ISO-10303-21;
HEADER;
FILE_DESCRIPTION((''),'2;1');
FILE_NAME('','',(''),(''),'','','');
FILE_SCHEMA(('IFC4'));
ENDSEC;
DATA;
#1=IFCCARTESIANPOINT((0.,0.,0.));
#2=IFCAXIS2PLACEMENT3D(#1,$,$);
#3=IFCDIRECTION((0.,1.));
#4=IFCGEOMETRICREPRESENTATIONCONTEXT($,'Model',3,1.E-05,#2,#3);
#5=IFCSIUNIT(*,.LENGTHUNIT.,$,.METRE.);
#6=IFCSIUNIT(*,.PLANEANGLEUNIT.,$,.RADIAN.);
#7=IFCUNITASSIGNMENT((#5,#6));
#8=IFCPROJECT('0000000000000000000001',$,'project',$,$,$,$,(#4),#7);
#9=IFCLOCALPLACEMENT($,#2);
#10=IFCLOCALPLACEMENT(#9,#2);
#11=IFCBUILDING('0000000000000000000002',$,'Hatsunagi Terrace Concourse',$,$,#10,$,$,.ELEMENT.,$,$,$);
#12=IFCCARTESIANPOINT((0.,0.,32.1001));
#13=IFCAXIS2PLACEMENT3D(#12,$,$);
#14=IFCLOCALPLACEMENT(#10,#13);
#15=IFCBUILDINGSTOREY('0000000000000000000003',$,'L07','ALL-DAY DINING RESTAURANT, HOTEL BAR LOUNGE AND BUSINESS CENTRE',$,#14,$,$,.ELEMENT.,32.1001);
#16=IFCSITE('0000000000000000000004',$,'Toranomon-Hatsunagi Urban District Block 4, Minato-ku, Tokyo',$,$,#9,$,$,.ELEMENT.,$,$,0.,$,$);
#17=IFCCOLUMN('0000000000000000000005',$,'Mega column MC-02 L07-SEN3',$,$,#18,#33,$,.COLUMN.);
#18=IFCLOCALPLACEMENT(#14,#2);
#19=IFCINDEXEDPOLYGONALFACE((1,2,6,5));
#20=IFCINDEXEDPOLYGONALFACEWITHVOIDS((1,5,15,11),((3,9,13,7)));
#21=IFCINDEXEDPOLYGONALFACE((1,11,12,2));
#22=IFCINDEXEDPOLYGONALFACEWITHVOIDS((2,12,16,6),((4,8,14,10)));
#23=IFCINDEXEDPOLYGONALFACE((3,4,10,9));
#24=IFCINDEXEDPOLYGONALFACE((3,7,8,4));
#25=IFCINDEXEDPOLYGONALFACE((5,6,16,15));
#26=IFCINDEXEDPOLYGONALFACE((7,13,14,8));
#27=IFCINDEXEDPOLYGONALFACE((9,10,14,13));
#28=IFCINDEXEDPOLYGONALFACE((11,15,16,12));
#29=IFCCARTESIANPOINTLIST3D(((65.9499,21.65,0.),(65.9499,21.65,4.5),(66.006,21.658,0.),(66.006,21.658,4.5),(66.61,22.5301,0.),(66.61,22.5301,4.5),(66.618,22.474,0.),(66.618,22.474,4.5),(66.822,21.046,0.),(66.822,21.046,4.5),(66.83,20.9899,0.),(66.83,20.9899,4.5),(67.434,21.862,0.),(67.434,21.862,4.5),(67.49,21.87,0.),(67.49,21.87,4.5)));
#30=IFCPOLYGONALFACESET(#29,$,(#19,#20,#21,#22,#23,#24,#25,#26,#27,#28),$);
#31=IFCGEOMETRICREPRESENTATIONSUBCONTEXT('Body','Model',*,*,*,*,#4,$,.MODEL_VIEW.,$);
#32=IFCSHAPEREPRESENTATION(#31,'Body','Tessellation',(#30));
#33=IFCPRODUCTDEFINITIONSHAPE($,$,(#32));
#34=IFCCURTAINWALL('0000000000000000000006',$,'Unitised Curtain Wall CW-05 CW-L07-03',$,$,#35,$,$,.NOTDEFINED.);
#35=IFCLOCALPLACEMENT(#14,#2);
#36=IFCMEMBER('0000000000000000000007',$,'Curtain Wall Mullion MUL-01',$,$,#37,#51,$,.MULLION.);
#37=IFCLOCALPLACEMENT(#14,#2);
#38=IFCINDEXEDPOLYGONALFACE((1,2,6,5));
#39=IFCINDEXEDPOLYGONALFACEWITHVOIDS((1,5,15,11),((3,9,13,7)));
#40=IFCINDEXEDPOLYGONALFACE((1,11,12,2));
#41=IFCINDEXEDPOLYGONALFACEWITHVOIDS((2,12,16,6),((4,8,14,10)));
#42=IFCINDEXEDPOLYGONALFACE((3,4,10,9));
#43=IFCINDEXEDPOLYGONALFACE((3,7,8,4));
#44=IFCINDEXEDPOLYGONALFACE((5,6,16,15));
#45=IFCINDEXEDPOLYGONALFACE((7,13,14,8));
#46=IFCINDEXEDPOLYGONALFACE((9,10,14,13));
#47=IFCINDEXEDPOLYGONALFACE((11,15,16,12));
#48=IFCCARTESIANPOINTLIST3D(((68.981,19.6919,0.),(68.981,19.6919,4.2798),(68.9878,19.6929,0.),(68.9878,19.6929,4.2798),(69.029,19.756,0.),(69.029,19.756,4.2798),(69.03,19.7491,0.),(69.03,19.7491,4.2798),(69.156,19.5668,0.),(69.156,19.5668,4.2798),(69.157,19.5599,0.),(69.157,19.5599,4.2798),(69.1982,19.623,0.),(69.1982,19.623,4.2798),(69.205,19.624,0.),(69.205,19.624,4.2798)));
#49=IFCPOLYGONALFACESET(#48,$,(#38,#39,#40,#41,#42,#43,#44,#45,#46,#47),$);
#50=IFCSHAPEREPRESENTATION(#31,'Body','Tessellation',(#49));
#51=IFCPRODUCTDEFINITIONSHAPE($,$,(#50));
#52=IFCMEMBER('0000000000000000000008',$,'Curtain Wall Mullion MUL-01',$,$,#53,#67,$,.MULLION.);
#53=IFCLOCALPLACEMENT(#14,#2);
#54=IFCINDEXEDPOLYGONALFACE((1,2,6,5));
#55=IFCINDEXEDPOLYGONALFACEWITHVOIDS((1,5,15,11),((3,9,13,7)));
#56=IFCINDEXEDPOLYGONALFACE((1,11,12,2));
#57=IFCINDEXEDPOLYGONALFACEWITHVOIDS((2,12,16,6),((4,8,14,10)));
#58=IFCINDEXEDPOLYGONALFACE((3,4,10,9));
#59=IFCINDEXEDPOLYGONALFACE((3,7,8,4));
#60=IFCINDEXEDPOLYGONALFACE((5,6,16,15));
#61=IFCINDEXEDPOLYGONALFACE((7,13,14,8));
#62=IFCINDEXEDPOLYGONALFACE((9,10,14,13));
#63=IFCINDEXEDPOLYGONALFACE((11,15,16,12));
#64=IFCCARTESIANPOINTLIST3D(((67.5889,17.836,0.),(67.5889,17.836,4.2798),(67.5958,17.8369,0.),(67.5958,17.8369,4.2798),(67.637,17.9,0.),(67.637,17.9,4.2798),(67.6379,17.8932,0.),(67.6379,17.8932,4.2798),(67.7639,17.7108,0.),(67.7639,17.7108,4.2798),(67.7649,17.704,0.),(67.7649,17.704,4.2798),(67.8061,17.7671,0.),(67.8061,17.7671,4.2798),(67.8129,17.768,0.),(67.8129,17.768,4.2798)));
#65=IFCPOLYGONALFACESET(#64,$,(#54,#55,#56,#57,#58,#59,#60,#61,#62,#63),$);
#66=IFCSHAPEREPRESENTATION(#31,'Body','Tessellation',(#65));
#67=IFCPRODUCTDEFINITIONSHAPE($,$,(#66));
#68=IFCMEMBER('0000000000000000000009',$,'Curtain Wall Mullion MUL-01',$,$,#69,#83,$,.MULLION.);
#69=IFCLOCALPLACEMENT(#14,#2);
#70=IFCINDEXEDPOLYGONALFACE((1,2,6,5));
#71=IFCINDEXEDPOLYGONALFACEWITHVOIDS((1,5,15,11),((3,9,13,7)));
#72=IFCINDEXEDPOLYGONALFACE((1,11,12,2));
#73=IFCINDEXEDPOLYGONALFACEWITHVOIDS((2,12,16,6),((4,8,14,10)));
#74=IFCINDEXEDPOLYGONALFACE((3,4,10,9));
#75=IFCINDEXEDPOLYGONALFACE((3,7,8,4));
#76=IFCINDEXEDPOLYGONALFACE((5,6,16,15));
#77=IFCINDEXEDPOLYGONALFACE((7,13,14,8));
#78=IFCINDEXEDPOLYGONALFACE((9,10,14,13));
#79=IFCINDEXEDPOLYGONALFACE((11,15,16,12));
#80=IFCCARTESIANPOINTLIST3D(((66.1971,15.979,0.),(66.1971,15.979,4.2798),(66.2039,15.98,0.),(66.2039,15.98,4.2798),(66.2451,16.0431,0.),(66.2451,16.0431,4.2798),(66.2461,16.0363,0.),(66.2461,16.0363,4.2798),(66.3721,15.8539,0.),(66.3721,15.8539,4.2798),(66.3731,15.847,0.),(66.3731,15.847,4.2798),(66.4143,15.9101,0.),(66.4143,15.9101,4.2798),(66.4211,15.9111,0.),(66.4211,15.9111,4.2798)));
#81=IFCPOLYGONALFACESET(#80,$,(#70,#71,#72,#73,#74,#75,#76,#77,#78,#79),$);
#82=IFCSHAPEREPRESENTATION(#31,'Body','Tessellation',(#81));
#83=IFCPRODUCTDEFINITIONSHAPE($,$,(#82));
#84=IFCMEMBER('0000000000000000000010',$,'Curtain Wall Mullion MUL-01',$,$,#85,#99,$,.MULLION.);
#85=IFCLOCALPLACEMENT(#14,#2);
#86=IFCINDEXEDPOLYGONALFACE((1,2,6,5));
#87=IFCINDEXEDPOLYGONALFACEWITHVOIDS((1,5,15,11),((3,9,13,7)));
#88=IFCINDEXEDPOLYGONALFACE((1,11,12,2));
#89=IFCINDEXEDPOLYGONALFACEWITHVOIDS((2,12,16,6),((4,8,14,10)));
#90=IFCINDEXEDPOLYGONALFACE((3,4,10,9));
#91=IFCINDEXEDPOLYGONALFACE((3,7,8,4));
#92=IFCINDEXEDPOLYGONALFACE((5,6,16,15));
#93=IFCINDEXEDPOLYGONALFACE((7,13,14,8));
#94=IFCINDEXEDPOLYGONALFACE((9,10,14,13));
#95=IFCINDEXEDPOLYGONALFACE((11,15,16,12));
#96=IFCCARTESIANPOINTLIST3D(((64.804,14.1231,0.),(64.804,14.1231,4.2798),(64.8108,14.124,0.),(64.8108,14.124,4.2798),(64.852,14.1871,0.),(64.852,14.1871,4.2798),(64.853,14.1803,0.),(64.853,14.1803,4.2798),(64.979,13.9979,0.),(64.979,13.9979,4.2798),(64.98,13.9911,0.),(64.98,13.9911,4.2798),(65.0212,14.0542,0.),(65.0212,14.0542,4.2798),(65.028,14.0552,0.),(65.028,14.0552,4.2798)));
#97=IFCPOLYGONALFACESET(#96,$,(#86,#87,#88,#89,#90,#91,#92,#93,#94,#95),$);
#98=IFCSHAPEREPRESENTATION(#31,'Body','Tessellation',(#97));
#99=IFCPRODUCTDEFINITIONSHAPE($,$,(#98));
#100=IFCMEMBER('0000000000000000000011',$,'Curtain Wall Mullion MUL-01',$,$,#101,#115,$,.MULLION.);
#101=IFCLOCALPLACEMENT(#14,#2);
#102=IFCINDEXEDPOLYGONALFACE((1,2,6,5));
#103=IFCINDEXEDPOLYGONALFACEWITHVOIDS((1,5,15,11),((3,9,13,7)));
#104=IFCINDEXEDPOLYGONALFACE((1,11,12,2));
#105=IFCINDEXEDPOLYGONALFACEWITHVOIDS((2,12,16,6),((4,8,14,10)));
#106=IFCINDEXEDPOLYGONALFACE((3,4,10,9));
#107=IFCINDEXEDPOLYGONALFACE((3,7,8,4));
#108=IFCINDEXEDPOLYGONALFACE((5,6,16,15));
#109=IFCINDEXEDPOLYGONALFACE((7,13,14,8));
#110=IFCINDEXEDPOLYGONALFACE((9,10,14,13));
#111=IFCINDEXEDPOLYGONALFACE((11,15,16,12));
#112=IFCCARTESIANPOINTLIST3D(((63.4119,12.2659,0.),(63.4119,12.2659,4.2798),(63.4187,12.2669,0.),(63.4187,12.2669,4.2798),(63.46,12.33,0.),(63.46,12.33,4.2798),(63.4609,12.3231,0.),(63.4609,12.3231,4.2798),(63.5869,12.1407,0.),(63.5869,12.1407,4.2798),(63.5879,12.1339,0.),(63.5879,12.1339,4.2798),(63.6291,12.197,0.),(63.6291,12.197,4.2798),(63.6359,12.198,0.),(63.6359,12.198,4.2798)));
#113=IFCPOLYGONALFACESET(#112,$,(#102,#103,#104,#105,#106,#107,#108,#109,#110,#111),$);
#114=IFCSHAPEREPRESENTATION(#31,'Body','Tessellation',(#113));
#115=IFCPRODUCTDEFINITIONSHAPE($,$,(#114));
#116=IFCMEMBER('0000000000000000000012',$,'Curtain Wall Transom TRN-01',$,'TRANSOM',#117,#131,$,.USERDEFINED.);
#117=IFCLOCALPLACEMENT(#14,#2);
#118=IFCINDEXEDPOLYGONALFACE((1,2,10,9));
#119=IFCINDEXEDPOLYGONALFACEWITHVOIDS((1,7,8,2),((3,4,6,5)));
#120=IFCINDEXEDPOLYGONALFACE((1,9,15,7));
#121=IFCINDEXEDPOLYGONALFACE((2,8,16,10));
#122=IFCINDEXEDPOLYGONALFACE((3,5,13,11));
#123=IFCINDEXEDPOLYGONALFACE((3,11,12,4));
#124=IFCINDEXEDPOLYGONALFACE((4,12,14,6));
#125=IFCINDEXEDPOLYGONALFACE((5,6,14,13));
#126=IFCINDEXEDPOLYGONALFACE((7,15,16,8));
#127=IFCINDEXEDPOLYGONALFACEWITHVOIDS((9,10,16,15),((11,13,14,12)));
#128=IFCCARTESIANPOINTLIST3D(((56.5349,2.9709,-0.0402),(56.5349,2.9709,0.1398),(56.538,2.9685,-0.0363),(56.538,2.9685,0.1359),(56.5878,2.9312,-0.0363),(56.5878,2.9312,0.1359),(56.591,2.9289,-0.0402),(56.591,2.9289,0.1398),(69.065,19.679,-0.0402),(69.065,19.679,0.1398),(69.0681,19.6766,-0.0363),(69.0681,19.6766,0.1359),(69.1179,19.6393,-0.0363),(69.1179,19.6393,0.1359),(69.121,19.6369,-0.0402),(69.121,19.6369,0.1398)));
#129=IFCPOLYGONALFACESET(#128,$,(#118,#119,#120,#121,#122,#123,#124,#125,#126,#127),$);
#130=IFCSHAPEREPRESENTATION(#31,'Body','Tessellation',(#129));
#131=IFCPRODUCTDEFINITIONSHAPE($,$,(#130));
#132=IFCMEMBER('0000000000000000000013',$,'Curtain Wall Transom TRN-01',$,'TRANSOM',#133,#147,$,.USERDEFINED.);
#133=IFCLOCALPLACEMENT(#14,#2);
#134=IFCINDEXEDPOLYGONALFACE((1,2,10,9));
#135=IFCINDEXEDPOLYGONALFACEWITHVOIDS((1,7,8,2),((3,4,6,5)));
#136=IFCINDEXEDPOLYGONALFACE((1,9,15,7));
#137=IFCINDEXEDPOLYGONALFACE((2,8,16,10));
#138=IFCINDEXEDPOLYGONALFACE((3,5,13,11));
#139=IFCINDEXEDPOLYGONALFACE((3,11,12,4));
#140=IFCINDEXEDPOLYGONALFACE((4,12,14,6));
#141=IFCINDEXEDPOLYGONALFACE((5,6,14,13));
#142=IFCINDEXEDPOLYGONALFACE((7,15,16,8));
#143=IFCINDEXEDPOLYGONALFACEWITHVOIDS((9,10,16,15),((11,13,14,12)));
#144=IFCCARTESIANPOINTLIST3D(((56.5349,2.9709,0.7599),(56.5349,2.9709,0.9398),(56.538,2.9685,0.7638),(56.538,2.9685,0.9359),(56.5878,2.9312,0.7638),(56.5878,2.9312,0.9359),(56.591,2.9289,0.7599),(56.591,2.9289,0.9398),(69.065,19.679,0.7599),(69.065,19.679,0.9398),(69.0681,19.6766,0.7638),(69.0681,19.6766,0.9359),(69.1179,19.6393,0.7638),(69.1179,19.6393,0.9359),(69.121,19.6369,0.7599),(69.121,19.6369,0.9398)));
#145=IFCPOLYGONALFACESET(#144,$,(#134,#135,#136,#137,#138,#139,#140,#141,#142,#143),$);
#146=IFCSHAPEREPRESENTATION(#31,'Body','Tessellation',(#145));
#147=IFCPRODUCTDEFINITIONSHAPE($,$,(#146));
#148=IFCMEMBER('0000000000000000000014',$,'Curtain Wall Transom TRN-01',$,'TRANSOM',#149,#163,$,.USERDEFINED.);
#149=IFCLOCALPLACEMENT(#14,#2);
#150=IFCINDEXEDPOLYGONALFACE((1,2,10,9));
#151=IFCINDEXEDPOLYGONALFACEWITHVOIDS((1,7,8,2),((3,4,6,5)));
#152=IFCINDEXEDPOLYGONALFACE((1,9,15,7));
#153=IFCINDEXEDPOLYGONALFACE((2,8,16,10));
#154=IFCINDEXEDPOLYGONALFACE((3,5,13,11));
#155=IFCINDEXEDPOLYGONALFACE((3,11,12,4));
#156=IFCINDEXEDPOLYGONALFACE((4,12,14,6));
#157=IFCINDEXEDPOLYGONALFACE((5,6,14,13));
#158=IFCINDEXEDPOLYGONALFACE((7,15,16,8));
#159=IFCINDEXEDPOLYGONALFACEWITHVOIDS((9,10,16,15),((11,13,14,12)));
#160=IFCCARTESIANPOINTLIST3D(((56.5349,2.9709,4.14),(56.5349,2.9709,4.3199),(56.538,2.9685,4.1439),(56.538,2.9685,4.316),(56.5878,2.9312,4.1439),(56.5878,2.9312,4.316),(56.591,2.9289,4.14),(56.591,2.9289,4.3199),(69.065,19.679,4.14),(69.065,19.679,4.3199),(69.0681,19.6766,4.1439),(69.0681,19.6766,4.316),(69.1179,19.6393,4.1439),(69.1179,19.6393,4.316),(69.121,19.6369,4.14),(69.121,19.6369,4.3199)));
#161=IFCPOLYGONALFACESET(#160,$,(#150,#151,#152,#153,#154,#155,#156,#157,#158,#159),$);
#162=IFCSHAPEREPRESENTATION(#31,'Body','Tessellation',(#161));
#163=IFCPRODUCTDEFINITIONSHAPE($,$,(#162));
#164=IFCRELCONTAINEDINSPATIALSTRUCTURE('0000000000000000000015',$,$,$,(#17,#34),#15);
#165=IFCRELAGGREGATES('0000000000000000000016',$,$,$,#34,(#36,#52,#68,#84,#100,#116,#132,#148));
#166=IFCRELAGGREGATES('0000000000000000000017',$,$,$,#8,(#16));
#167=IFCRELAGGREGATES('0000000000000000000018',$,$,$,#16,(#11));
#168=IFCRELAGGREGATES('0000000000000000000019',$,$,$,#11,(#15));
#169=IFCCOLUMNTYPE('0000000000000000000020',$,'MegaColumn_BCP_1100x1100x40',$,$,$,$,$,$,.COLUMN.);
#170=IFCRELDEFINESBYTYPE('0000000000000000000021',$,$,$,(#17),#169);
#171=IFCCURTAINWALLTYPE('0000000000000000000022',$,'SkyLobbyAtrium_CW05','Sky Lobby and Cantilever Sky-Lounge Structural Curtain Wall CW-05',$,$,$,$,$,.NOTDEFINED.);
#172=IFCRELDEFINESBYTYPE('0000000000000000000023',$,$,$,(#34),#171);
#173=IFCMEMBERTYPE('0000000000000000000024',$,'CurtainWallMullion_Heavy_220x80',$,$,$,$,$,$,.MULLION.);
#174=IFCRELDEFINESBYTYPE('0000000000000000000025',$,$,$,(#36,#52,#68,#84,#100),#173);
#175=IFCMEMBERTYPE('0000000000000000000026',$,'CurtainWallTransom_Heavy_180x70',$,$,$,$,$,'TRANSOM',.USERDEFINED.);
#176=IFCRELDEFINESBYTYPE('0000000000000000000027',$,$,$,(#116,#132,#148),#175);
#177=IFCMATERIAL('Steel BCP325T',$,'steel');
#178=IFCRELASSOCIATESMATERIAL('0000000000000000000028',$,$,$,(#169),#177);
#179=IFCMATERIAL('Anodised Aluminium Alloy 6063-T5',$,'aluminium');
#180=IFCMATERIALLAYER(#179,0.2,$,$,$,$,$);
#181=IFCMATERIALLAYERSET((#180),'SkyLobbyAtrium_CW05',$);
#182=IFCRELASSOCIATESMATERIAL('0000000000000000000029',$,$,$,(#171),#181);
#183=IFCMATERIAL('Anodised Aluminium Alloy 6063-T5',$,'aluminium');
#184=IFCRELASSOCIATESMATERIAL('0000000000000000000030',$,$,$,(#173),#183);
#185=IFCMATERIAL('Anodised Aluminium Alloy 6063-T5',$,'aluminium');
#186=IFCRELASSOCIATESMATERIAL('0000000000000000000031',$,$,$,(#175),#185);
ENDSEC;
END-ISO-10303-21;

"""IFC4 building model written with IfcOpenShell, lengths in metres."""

from ifc_helpers import new_model, si_unit, direction, frame, origin, origin_2d, place, context, subcontext, project, spatial, hollow_rectangle, extrude, material, layer, layer_set, material_profile, profile_set, type_object, element, aggregate, save


model = new_model("IFC4")

# Units and contexts
model_context = context("Model", 3, precision=1e-05, world=origin(), true_north=direction((0.0, 1.0)))
body_context = subcontext(model_context, "Body", "Model", "MODEL_VIEW")
ifc_project = project(units=[si_unit("LENGTHUNIT", "METRE"), si_unit("PLANEANGLEUNIT", "RADIAN")], contexts=[model_context])

# Site, building, storey
site_placement = place(None, origin())
site = spatial("IfcSite", under=ifc_project, at=site_placement, Name="Toranomon-Hatsunagi Urban District Block 4, Minato-ku, Tokyo", CompositionType="ELEMENT", RefElevation=0.0)
building_placement = place(site_placement, origin())
building = spatial("IfcBuilding", under=site, at=building_placement, Name="Hatsunagi Terrace Concourse", CompositionType="ELEMENT")
storey_placement = place(building_placement, frame((0.0, 0.0, 32.1001)))
storey = spatial("IfcBuildingStorey", under=building, at=storey_placement, Name="L07", Description="ALL-DAY DINING RESTAURANT, HOTEL BAR LOUNGE AND BUSINESS CENTRE", CompositionType="ELEMENT", Elevation=32.1001)

# Column
ifc_material_1 = material(Name="Steel BCP325T", Category="steel")
ifc_material_profile_1 = material_profile(ifc_material_1, hollow_rectangle(XDim=1.1001, YDim=1.1001, WallThickness=0.04, at=origin_2d()), Name="BCP-1100x1100x40")
ifc_profile_set_1 = profile_set([ifc_material_profile_1], Name="Steel BCP325T")
column_type = type_object("IfcColumnType", Name="MegaColumn_BCP_1100x1100x40", PredefinedType="COLUMN", material=ifc_profile_set_1)
column_placement = place(storey_placement, frame((66.72, 21.76, 0.0), z_axis=(0.0, 0.0, 1.0), x_axis=(0.8, -0.6, 0.0)))
element("IfcColumn", 1, at=column_placement, inside=storey, type_object=column_type, Name="Mega column MC-02 L07-SEN3", PredefinedType="COLUMN", context=body_context, shape_type="SweptSolid", body=[
    extrude(hollow_rectangle(XDim=1.1001, YDim=1.1001, WallThickness=0.04, at=origin_2d()), origin(), (0.0, 0.0, 1.0), 4.5),
])

# Curtain wall, members
ifc_material_2 = material(Name="Anodised Aluminium Alloy 6063-T5", Category="aluminium")
ifc_layer_1 = layer(ifc_material_2, 0.2)
ifc_layer_set_1 = layer_set([ifc_layer_1], Name="SkyLobbyAtrium_CW05")
curtain_wall_type = type_object("IfcCurtainWallType", Name="SkyLobbyAtrium_CW05", Description="Sky Lobby and Cantilever Sky-Lounge Structural Curtain Wall CW-05", PredefinedType="NOTDEFINED", material=ifc_layer_set_1)
curtain_wall_placement = place(storey_placement, origin())
curtain_wall = element("IfcCurtainWall", 2, at=curtain_wall_placement, inside=storey, type_object=curtain_wall_type, Name="Unitised Curtain Wall CW-05 CW-L07-03", PredefinedType="NOTDEFINED")
ifc_material_3 = material(Name="Anodised Aluminium Alloy 6063-T5", Category="aluminium")
ifc_material_profile_2 = material_profile(ifc_material_3, hollow_rectangle(XDim=0.0801, YDim=0.22, WallThickness=0.0049, at=origin_2d()), Name="ALU-MUL-220x80x5")
ifc_profile_set_2 = profile_set([ifc_material_profile_2], Name="Anodised Aluminium Alloy 6063-T5")
member_type_1 = type_object("IfcMemberType", Name="CurtainWallMullion_Heavy_220x80", PredefinedType="MULLION", material=ifc_profile_set_2)
member_1_placement = place(storey_placement, frame((69.093, 19.658, 0.0), z_axis=(0.0, 0.0, 1.0), x_axis=(-0.599969, -0.800023, 0.0)))
member_1 = element("IfcMember", 3, at=member_1_placement, type_object=member_type_1, Name="Curtain Wall Mullion MUL-01", PredefinedType="MULLION", context=body_context, shape_type="SweptSolid", body=[
    extrude(hollow_rectangle(XDim=0.0801, YDim=0.22, WallThickness=0.0049, at=origin_2d()), origin(), (0.0, 0.0, 1.0), 4.2798),
])
member_2_placement = place(storey_placement, frame((67.7009, 17.802, 0.0), z_axis=(0.0, 0.0, 1.0), x_axis=(-0.599969, -0.800023, 0.0)))
member_2 = element("IfcMember", 4, at=member_2_placement, type_object=member_type_1, Name="Curtain Wall Mullion MUL-01", PredefinedType="MULLION", context=body_context, shape_type="SweptSolid", body=[
    extrude(hollow_rectangle(XDim=0.0801, YDim=0.22, WallThickness=0.0049, at=origin_2d()), origin(), (0.0, 0.0, 1.0), 4.2798),
])
member_3_placement = place(storey_placement, frame((66.3091, 15.9451, 0.0), z_axis=(0.0, 0.0, 1.0), x_axis=(-0.599969, -0.800023, 0.0)))
member_3 = element("IfcMember", 5, at=member_3_placement, type_object=member_type_1, Name="Curtain Wall Mullion MUL-01", PredefinedType="MULLION", context=body_context, shape_type="SweptSolid", body=[
    extrude(hollow_rectangle(XDim=0.0801, YDim=0.22, WallThickness=0.0049, at=origin_2d()), origin(), (0.0, 0.0, 1.0), 4.2798),
])
member_4_placement = place(storey_placement, frame((64.916, 14.0891, 0.0), z_axis=(0.0, 0.0, 1.0), x_axis=(-0.599969, -0.800023, 0.0)))
member_4 = element("IfcMember", 6, at=member_4_placement, type_object=member_type_1, Name="Curtain Wall Mullion MUL-01", PredefinedType="MULLION", context=body_context, shape_type="SweptSolid", body=[
    extrude(hollow_rectangle(XDim=0.0801, YDim=0.22, WallThickness=0.0049, at=origin_2d()), origin(), (0.0, 0.0, 1.0), 4.2798),
])
member_5_placement = place(storey_placement, frame((63.5239, 12.2319, 0.0), z_axis=(0.0, 0.0, 1.0), x_axis=(-0.599969, -0.800023, 0.0)))
member_5 = element("IfcMember", 7, at=member_5_placement, type_object=member_type_1, Name="Curtain Wall Mullion MUL-01", PredefinedType="MULLION", context=body_context, shape_type="SweptSolid", body=[
    extrude(hollow_rectangle(XDim=0.0801, YDim=0.22, WallThickness=0.0049, at=origin_2d()), origin(), (0.0, 0.0, 1.0), 4.2798),
])
ifc_material_4 = material(Name="Anodised Aluminium Alloy 6063-T5", Category="aluminium")
ifc_material_profile_3 = material_profile(ifc_material_4, hollow_rectangle(XDim=0.0701, YDim=0.1799, WallThickness=0.0039, at=origin_2d()), Name="ALU-TRN-180x70x4")
ifc_profile_set_3 = profile_set([ifc_material_profile_3], Name="Anodised Aluminium Alloy 6063-T5")
member_type_2 = type_object("IfcMemberType", Name="CurtainWallTransom_Heavy_180x70", ElementType="TRANSOM", PredefinedType="USERDEFINED", material=ifc_profile_set_3)
member_6_placement = place(storey_placement, frame((69.093, 19.658, 0.0498), z_axis=(-0.59997, -0.800022, 0.0), x_axis=(0.800022, -0.59997, 0.0)))
member_6 = element("IfcMember", 8, at=member_6_placement, type_object=member_type_2, Name="Curtain Wall Transom TRN-01", ObjectType="TRANSOM", PredefinedType="USERDEFINED", context=body_context, shape_type="SweptSolid", body=[
    extrude(hollow_rectangle(XDim=0.0701, YDim=0.1799, WallThickness=0.0039, at=origin_2d()), origin(), (0.0, 0.0, 1.0), 20.8845),
])
member_7_placement = place(storey_placement, frame((69.093, 19.658, 0.8499), z_axis=(-0.59997, -0.800022, 0.0), x_axis=(0.800022, -0.59997, 0.0)))
member_7 = element("IfcMember", 9, at=member_7_placement, type_object=member_type_2, Name="Curtain Wall Transom TRN-01", ObjectType="TRANSOM", PredefinedType="USERDEFINED", context=body_context, shape_type="SweptSolid", body=[
    extrude(hollow_rectangle(XDim=0.0701, YDim=0.1799, WallThickness=0.0039, at=origin_2d()), origin(), (0.0, 0.0, 1.0), 20.8845),
])
member_8_placement = place(storey_placement, frame((69.093, 19.658, 4.23), z_axis=(-0.59997, -0.800022, 0.0), x_axis=(0.800022, -0.59997, 0.0)))
member_8 = element("IfcMember", 10, at=member_8_placement, type_object=member_type_2, Name="Curtain Wall Transom TRN-01", ObjectType="TRANSOM", PredefinedType="USERDEFINED", context=body_context, shape_type="SweptSolid", body=[
    extrude(hollow_rectangle(XDim=0.0701, YDim=0.1799, WallThickness=0.0039, at=origin_2d()), origin(), (0.0, 0.0, 1.0), 20.8845),
])

aggregate(curtain_wall, [member_1, member_2, member_3, member_4, member_5, member_6, member_7, member_8])

save(model, "model.ifc")
